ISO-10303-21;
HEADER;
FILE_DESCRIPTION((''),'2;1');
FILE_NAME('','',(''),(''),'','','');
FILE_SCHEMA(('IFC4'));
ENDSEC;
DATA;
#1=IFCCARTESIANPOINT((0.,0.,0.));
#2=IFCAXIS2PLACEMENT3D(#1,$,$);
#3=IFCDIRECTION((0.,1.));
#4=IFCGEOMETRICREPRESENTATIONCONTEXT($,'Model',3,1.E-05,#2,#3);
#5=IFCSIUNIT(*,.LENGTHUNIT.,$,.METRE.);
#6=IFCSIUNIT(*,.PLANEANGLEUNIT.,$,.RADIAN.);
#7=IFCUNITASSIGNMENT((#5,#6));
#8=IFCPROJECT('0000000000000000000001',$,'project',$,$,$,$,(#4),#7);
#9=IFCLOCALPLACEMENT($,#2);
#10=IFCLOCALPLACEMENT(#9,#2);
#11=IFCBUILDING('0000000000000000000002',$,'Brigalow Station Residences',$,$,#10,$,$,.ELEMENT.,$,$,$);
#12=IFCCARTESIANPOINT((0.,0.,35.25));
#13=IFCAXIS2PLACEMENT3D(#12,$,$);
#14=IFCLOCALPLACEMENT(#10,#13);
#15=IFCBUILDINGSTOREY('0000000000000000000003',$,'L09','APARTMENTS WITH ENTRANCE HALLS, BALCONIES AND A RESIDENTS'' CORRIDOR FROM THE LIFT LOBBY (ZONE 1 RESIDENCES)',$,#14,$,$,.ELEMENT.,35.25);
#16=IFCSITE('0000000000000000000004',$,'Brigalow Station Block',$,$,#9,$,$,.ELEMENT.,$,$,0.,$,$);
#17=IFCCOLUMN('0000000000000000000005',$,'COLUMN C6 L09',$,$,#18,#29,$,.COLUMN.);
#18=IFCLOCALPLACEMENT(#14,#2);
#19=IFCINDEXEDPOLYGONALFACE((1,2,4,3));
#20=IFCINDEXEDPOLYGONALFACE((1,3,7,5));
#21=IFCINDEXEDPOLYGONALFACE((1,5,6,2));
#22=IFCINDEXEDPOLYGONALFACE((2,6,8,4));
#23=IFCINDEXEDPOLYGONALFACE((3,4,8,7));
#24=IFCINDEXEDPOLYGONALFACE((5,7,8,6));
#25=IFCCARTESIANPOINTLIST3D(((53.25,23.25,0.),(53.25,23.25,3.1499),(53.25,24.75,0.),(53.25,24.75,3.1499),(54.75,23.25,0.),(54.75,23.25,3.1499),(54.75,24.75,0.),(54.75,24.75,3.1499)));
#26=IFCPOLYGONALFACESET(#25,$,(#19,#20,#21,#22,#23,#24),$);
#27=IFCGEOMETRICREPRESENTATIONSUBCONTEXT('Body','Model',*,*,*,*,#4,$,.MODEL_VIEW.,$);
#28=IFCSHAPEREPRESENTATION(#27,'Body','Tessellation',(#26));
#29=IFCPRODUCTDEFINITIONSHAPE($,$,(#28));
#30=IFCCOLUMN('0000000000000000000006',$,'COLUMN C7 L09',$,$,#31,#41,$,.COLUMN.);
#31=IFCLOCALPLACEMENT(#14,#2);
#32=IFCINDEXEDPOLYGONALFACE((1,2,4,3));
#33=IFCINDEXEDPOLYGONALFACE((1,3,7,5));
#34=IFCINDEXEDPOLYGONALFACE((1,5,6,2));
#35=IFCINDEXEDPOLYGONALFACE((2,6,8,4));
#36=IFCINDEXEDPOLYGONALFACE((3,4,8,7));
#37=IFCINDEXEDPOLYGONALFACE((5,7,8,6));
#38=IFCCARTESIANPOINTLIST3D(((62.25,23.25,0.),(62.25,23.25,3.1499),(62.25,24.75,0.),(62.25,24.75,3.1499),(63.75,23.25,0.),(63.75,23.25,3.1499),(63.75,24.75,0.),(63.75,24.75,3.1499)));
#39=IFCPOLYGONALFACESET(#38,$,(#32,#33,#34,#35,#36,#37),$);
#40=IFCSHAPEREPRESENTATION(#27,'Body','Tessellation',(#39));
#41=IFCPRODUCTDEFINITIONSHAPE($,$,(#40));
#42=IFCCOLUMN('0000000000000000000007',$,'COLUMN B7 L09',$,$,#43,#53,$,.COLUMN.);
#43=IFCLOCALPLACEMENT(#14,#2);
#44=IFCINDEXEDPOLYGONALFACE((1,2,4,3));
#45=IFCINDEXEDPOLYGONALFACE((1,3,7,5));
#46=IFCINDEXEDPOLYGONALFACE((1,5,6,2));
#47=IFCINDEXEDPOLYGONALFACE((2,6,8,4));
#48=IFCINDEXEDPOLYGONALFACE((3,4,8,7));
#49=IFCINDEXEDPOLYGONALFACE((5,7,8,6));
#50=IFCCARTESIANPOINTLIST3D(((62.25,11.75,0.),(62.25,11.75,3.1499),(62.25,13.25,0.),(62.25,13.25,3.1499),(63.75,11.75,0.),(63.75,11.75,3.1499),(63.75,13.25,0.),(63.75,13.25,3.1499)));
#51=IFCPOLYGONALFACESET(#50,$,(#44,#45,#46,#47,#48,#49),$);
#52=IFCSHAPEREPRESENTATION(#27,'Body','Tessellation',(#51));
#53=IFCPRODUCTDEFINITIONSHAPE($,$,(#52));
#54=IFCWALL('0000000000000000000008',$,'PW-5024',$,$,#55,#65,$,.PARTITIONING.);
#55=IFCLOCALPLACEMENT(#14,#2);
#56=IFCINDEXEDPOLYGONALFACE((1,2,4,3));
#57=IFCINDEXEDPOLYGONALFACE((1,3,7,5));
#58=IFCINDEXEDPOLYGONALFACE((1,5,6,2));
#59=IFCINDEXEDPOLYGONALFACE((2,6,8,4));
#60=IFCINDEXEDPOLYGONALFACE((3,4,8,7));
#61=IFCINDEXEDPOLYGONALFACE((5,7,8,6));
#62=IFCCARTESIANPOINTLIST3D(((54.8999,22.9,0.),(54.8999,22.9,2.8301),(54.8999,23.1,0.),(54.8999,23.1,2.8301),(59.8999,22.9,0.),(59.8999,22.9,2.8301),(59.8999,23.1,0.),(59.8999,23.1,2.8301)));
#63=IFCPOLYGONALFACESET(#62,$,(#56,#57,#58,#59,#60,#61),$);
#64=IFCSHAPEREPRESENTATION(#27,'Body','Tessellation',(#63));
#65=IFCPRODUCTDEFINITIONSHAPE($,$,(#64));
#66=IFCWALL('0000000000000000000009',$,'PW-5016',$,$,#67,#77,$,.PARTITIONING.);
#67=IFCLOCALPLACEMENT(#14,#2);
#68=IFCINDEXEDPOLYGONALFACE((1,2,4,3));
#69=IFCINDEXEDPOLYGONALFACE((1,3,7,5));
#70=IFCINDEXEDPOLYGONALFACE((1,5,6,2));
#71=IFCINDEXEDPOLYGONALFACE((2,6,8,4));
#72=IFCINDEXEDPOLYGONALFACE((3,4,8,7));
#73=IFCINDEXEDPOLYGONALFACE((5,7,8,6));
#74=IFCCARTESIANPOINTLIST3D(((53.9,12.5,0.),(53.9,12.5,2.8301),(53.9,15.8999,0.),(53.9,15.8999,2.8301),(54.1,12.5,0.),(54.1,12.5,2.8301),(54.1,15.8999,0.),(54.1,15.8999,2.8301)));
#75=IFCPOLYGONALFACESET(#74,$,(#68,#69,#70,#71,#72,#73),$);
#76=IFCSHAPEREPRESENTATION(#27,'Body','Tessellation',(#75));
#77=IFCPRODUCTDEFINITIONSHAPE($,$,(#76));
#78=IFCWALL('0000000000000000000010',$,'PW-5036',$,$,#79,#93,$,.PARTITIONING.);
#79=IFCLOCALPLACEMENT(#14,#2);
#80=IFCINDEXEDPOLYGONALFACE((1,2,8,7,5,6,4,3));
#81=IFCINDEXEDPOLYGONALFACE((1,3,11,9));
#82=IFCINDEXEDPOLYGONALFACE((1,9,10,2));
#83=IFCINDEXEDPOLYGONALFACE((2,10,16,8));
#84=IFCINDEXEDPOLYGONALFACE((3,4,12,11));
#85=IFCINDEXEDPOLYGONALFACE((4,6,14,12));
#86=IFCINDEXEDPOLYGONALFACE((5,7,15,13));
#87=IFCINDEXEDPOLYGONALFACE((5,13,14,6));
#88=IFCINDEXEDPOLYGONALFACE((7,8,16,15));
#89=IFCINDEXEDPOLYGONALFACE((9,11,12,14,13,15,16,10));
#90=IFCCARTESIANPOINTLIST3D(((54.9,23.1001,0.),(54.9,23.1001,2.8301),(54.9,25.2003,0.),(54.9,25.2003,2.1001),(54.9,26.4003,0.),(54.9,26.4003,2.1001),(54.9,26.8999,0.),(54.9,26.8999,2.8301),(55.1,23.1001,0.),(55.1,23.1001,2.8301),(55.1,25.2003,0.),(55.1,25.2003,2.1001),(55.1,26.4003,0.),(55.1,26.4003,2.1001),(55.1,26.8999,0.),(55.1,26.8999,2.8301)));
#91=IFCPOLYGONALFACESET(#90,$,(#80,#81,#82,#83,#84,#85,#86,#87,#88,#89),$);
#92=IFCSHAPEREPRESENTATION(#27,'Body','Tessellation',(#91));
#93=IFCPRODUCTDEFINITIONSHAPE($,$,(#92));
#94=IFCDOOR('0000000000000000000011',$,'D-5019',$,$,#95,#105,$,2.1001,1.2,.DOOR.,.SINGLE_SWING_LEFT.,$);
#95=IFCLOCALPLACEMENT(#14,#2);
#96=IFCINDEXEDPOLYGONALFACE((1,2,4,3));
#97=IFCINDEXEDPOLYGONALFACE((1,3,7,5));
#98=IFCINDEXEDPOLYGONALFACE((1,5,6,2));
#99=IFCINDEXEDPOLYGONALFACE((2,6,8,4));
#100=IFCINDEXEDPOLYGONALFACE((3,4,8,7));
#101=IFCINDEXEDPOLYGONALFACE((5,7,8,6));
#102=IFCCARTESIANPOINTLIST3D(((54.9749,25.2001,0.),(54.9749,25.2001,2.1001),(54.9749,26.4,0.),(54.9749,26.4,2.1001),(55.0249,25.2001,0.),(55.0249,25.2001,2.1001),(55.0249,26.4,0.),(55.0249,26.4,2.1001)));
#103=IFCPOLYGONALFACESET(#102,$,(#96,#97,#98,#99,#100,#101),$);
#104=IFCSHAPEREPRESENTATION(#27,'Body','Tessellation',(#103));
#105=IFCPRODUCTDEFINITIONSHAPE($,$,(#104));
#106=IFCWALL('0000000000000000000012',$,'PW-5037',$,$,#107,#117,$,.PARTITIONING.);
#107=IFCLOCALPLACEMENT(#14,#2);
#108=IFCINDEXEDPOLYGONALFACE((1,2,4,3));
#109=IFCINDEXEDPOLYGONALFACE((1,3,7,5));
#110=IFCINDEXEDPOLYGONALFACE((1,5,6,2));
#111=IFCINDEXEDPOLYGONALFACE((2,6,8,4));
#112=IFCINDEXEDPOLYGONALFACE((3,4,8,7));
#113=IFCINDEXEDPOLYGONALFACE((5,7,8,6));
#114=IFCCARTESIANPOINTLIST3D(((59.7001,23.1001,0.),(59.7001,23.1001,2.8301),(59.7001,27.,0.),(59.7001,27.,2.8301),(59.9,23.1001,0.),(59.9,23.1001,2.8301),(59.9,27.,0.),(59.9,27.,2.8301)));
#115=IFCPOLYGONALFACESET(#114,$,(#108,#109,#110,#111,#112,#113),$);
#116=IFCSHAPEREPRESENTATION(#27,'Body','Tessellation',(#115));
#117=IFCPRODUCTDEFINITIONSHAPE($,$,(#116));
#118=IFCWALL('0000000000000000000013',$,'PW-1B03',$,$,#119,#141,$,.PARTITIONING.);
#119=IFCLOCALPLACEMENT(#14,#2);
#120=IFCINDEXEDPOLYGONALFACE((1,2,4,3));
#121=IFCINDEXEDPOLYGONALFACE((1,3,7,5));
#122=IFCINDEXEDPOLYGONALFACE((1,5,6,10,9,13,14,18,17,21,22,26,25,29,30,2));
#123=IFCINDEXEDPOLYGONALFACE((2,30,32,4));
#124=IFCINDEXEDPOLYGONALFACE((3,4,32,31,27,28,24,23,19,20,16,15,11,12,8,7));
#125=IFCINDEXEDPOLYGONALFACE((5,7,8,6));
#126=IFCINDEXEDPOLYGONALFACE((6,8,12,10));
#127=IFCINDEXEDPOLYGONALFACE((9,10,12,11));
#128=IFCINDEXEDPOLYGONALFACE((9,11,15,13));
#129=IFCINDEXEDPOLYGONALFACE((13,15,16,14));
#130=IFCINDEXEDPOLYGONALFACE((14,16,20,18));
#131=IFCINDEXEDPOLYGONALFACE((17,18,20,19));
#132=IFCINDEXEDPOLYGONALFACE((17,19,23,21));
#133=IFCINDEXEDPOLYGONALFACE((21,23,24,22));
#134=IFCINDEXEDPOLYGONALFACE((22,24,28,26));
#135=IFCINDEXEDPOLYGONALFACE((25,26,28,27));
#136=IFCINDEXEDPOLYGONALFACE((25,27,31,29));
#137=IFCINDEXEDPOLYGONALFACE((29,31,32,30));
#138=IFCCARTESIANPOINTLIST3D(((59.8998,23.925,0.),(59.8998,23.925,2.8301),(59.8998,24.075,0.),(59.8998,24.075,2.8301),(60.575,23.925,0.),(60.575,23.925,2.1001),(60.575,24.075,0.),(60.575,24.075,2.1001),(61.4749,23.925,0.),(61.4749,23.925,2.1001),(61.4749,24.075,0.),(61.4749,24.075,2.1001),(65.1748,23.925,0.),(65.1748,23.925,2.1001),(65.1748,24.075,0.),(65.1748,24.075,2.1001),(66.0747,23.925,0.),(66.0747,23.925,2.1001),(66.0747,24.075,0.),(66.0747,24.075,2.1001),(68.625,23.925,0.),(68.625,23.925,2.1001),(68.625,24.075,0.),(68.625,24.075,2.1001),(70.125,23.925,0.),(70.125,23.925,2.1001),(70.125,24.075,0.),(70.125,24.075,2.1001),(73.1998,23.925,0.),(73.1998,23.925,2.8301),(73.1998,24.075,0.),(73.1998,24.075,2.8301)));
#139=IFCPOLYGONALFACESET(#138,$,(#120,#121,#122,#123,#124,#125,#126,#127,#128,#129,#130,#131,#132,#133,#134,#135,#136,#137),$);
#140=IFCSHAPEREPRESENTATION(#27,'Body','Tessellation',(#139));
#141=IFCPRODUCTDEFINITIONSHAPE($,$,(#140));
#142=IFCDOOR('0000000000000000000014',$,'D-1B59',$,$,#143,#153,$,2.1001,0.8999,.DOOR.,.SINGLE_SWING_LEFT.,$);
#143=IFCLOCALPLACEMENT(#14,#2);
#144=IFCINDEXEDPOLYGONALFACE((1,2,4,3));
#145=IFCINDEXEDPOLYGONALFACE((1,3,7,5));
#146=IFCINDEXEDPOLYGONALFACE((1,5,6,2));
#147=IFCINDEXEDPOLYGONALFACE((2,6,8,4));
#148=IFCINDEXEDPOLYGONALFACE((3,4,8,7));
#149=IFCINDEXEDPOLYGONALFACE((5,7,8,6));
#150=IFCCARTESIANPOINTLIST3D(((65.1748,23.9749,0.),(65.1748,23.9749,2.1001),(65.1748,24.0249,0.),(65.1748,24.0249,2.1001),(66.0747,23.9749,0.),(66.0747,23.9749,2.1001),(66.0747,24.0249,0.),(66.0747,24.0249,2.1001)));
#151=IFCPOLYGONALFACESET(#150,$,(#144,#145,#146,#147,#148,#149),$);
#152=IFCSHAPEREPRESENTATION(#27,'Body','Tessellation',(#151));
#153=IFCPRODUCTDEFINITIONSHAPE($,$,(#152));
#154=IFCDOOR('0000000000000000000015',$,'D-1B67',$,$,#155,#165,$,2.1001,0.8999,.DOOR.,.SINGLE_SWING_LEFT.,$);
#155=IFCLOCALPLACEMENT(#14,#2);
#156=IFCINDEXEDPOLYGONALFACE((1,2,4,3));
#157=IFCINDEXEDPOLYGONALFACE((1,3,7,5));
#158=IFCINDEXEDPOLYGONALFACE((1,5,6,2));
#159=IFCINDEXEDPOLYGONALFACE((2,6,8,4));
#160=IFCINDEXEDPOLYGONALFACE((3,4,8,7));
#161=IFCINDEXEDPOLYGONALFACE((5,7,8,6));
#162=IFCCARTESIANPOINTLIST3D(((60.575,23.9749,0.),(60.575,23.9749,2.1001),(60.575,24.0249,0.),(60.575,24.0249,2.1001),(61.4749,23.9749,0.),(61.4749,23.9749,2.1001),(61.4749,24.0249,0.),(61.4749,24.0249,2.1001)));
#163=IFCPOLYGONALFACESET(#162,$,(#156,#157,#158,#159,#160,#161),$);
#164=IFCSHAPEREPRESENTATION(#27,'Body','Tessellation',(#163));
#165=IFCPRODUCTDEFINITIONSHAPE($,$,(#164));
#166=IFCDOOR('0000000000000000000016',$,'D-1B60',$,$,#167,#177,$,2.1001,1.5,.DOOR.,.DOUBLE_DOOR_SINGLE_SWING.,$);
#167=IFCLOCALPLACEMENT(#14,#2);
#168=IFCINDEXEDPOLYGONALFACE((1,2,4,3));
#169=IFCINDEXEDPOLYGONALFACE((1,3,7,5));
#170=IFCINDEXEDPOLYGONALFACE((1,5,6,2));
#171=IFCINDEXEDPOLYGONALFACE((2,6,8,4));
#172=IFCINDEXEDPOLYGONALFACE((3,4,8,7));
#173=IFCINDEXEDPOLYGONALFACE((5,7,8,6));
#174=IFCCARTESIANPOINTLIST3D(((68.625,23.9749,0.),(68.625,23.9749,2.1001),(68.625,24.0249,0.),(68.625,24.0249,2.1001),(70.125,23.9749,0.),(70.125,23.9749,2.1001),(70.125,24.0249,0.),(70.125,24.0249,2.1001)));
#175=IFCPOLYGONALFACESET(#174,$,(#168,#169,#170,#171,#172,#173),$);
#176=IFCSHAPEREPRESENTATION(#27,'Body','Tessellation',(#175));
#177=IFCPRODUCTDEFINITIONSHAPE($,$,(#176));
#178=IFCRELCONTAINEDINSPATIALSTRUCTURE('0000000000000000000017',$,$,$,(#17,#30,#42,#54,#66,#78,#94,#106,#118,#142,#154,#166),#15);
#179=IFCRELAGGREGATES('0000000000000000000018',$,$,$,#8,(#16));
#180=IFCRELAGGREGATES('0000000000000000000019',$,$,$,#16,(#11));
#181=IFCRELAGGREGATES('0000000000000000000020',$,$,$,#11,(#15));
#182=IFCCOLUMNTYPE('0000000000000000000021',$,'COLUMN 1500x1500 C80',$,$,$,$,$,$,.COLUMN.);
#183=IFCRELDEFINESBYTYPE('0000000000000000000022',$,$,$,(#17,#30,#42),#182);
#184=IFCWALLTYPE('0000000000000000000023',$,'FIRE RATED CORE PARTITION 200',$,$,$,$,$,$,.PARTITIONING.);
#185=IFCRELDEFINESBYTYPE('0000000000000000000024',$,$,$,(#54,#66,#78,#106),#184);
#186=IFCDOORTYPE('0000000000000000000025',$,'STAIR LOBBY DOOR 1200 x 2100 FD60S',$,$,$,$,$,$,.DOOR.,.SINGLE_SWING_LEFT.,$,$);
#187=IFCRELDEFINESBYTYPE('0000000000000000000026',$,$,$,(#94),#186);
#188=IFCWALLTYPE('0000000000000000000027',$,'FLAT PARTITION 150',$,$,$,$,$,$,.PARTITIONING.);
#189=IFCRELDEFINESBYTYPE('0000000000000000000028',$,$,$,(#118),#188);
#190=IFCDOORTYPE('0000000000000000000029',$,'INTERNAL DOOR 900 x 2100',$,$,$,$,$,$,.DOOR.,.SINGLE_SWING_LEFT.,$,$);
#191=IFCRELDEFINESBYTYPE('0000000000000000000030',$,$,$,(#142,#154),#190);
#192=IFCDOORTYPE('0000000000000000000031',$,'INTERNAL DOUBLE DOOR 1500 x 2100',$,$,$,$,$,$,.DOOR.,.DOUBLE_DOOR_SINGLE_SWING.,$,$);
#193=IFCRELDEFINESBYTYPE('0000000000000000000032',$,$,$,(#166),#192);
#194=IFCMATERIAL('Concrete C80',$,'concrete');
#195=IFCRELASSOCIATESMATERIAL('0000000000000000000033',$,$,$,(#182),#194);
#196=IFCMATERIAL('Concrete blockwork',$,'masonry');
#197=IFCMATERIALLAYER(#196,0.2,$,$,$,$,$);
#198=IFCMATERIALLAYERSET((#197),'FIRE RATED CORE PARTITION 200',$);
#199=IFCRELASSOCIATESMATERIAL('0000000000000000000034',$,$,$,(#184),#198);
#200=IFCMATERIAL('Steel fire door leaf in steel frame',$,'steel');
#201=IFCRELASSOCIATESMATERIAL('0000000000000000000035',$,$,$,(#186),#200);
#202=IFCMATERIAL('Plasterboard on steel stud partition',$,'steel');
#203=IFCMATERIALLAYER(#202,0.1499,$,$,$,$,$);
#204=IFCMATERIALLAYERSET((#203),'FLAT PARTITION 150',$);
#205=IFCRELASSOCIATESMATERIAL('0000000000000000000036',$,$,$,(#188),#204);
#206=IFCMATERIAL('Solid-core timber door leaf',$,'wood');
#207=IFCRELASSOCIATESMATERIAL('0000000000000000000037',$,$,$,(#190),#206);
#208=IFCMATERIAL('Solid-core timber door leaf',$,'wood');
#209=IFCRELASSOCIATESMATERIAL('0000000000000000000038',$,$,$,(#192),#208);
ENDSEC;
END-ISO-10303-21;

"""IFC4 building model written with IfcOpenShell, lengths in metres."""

from ifc_helpers import new_model, si_unit, direction, frame, frame_2d, origin, origin_2d, place, context, subcontext, project, spatial, rectangle, extrude, material, layer, layer_set, material_profile, profile_set, type_object, element, fill, save


model = new_model("IFC4")

# Units and contexts
model_context = context("Model", 3, precision=1e-05, world=origin(), true_north=direction((0.0, 1.0)))
body_context = subcontext(model_context, "Body", "Model", "MODEL_VIEW")
ifc_project = project(units=[si_unit("LENGTHUNIT", "METRE"), si_unit("PLANEANGLEUNIT", "RADIAN")], contexts=[model_context])

# Site, building, storey
site_placement = place(None, origin())
site = spatial("IfcSite", under=ifc_project, at=site_placement, Name="Brigalow Station Block", CompositionType="ELEMENT", RefElevation=0.0)
building_placement = place(site_placement, origin())
building = spatial("IfcBuilding", under=site, at=building_placement, Name="Brigalow Station Residences", CompositionType="ELEMENT")
storey_placement = place(building_placement, frame((0.0, 0.0, 35.25)))
storey = spatial("IfcBuildingStorey", under=building, at=storey_placement, Name="L09", Description="APARTMENTS WITH ENTRANCE HALLS, BALCONIES AND A RESIDENTS' CORRIDOR FROM THE LIFT LOBBY (ZONE 1 RESIDENCES)", CompositionType="ELEMENT", Elevation=35.25)

# Columns
ifc_material_1 = material(Name="Concrete C80", Category="concrete")
ifc_material_profile = material_profile(ifc_material_1, rectangle(XDim=1.5, YDim=1.5, at=origin_2d()), Name="RC1500x1500")
ifc_profile_set = profile_set([ifc_material_profile], Name="Concrete C80")
column_type = type_object("IfcColumnType", Name="COLUMN 1500x1500 C80", PredefinedType="COLUMN", material=ifc_profile_set)
for number, where, z_axis, x_axis, name in (
    (1, (54.0, 24.0, 0.0), (0.0, 0.0, 1.0), (1.0, 0.0, 0.0), "COLUMN C6 L09"),
    (2, (63.0, 24.0, 0.0), (0.0, 0.0, 1.0), (1.0, 0.0, 0.0), "COLUMN C7 L09"),
    (3, (63.0, 12.5, 0.0), (0.0, 0.0, 1.0), (1.0, 0.0, 0.0), "COLUMN B7 L09"),
):
    element("IfcColumn", number, at=place(storey_placement, frame(where, z_axis=z_axis, x_axis=x_axis)), inside=storey, type_object=column_type, Name=name, PredefinedType="COLUMN", context=body_context, shape_type="SweptSolid", body=[
        extrude(rectangle(XDim=1.5, YDim=1.5, at=origin_2d()), origin(), (0.0, 0.0, 1.0), 3.1499),
    ])

# Walls
ifc_material_2 = material(Name="Concrete blockwork", Category="masonry")
ifc_layer_1 = layer(ifc_material_2, 0.2)
ifc_layer_set_1 = layer_set([ifc_layer_1], Name="FIRE RATED CORE PARTITION 200")
wall_type_1 = type_object("IfcWallType", Name="FIRE RATED CORE PARTITION 200", PredefinedType="PARTITIONING", material=ifc_layer_set_1)
wall_1_placement = place(storey_placement, frame((54.8999, 23.0, 0.0), z_axis=(0.0, 0.0, 1.0), x_axis=(1.0, 0.0, 0.0)))
element("IfcWall", 4, at=wall_1_placement, inside=storey, type_object=wall_type_1, Name="PW-5024", PredefinedType="PARTITIONING", context=body_context, shape_type="SweptSolid", body=[
    extrude(rectangle(XDim=5.0, YDim=0.2, at=frame_2d((2.5, 0.0))), origin(), (0.0, 0.0, 1.0), 2.8301),
])
wall_2_placement = place(storey_placement, frame((54.0, 12.5, 0.0), z_axis=(0.0, 0.0, 1.0), x_axis=(0.0, 1.0, 0.0)))
element("IfcWall", 5, at=wall_2_placement, inside=storey, type_object=wall_type_1, Name="PW-5016", PredefinedType="PARTITIONING", context=body_context, shape_type="SweptSolid", body=[
    extrude(rectangle(XDim=3.3999, YDim=0.2, at=frame_2d((1.7, 0.0))), origin(), (0.0, 0.0, 1.0), 2.8301),
])

# Wall, opening, door
wall_3_placement = place(storey_placement, frame((55.0, 23.1001, 0.0), z_axis=(0.0, 0.0, 1.0), x_axis=(0.0, 1.0, 0.0)))
wall_3 = element("IfcWall", 6, at=wall_3_placement, inside=storey, type_object=wall_type_1, Name="PW-5036", PredefinedType="PARTITIONING", context=body_context, shape_type="SweptSolid", body=[
    extrude(rectangle(XDim=3.7998, YDim=0.2, at=frame_2d((1.8999, 0.0))), origin(), (0.0, 0.0, 1.0), 2.8301),
])
opening_1_placement = place(wall_3_placement, frame((2.1001, 0.0, 0.0)))
opening_1 = element("IfcOpeningElement", 7, at=opening_1_placement, cuts=wall_3, PredefinedType="OPENING", context=body_context, shape_type="SweptSolid", body=[
    extrude(rectangle(XDim=1.2, YDim=2.1001, at=frame_2d((0.6001, 1.05))), frame((0.0, 0.1099, 0.0), z_axis=(0.0, -1.0, 0.0), x_axis=(1.0, 0.0, 0.0)), (0.0, 0.0, 1.0), 0.22),
])
ifc_material_3 = material(Name="Steel fire door leaf in steel frame", Category="steel")
door_type_1 = type_object("IfcDoorType", Name="STAIR LOBBY DOOR 1200 x 2100 FD60S", OperationType="SINGLE_SWING_LEFT", PredefinedType="DOOR", material=ifc_material_3)
door_1_placement = place(opening_1_placement, frame((1.2, 0.0, 0.0), z_axis=(0.0, 0.0, 1.0), x_axis=(-1.0, 0.0, 0.0)))
door_1 = element("IfcDoor", 8, at=door_1_placement, inside=storey, type_object=door_type_1, Name="D-5019", OperationType="SINGLE_SWING_LEFT", OverallHeight=2.1001, OverallWidth=1.2, PredefinedType="DOOR", context=body_context, shape_type="SweptSolid", body=[
    extrude(rectangle(XDim=1.2, YDim=2.1001, at=frame_2d((0.6001, 1.05))), frame((0.0, 0.0249, 0.0), z_axis=(0.0, -1.0, 0.0), x_axis=(1.0, 0.0, 0.0)), (0.0, 0.0, 1.0), 0.05),
])
fill(opening_1, door_1)

# Wall
wall_4_placement = place(storey_placement, frame((59.8, 23.1001, 0.0), z_axis=(0.0, 0.0, 1.0), x_axis=(0.0, 1.0, 0.0)))
element("IfcWall", 9, at=wall_4_placement, inside=storey, type_object=wall_type_1, Name="PW-5037", PredefinedType="PARTITIONING", context=body_context, shape_type="SweptSolid", body=[
    extrude(rectangle(XDim=3.8999, YDim=0.2, at=frame_2d((1.95, 0.0))), origin(), (0.0, 0.0, 1.0), 2.8301),
])

# Wall, openings, doors
ifc_material_4 = material(Name="Plasterboard on steel stud partition", Category="steel")
ifc_layer_2 = layer(ifc_material_4, 0.1499)
ifc_layer_set_2 = layer_set([ifc_layer_2], Name="FLAT PARTITION 150")
wall_type_2 = type_object("IfcWallType", Name="FLAT PARTITION 150", PredefinedType="PARTITIONING", material=ifc_layer_set_2)
wall_5_placement = place(storey_placement, frame((59.8999, 24.0, 0.0), z_axis=(0.0, 0.0, 1.0), x_axis=(1.0, 0.0, 0.0)))
wall_5 = element("IfcWall", 10, at=wall_5_placement, inside=storey, type_object=wall_type_2, Name="PW-1B03", PredefinedType="PARTITIONING", context=body_context, shape_type="SweptSolid", body=[
    extrude(rectangle(XDim=13.3, YDim=0.1499, at=frame_2d((6.6499, 0.0))), origin(), (0.0, 0.0, 1.0), 2.8301),
])
opening_2_placement = place(wall_5_placement, frame((5.2749, 0.0, 0.0)))
opening_2 = element("IfcOpeningElement", 11, at=opening_2_placement, cuts=wall_5, PredefinedType="OPENING", context=body_context, shape_type="SweptSolid", body=[
    extrude(rectangle(XDim=0.8999, YDim=2.1001, at=frame_2d((0.45, 1.05))), frame((0.0, 0.085, 0.0), z_axis=(0.0, -1.0, 0.0), x_axis=(1.0, 0.0, 0.0)), (0.0, 0.0, 1.0), 0.1699),
])
opening_3_placement = place(wall_5_placement, frame((8.7251, 0.0, 0.0)))
opening_3 = element("IfcOpeningElement", 12, at=opening_3_placement, cuts=wall_5, PredefinedType="OPENING", context=body_context, shape_type="SweptSolid", body=[
    extrude(rectangle(XDim=1.5, YDim=2.1001, at=frame_2d((0.75, 1.05))), frame((0.0, 0.085, 0.0), z_axis=(0.0, -1.0, 0.0), x_axis=(1.0, 0.0, 0.0)), (0.0, 0.0, 1.0), 0.1699),
])
opening_4_placement = place(wall_5_placement, frame((0.675, 0.0, 0.0)))
opening_4 = element("IfcOpeningElement", 13, at=opening_4_placement, cuts=wall_5, PredefinedType="OPENING", context=body_context, shape_type="SweptSolid", body=[
    extrude(rectangle(XDim=0.8999, YDim=2.1001, at=frame_2d((0.45, 1.05))), frame((0.0, 0.085, 0.0), z_axis=(0.0, -1.0, 0.0), x_axis=(1.0, 0.0, 0.0)), (0.0, 0.0, 1.0), 0.1699),
])
ifc_material_5 = material(Name="Solid-core timber door leaf", Category="wood")
door_type_2 = type_object("IfcDoorType", Name="INTERNAL DOOR 900 x 2100", OperationType="SINGLE_SWING_LEFT", PredefinedType="DOOR", material=ifc_material_5)
door_2_placement = place(opening_2_placement, origin())
door_2 = element("IfcDoor", 14, at=door_2_placement, inside=storey, type_object=door_type_2, Name="D-1B59", OperationType="SINGLE_SWING_LEFT", OverallHeight=2.1001, OverallWidth=0.8999, PredefinedType="DOOR", context=body_context, shape_type="SweptSolid", body=[
    extrude(rectangle(XDim=0.8999, YDim=2.1001, at=frame_2d((0.45, 1.05))), frame((0.0, 0.0249, 0.0), z_axis=(0.0, -1.0, 0.0), x_axis=(1.0, 0.0, 0.0)), (0.0, 0.0, 1.0), 0.05),
])
fill(opening_2, door_2)
door_3_placement = place(opening_4_placement, origin())
door_3 = element("IfcDoor", 15, at=door_3_placement, inside=storey, type_object=door_type_2, Name="D-1B67", OperationType="SINGLE_SWING_LEFT", OverallHeight=2.1001, OverallWidth=0.8999, PredefinedType="DOOR", context=body_context, shape_type="SweptSolid", body=[
    extrude(rectangle(XDim=0.8999, YDim=2.1001, at=frame_2d((0.45, 1.05))), frame((0.0, 0.0249, 0.0), z_axis=(0.0, -1.0, 0.0), x_axis=(1.0, 0.0, 0.0)), (0.0, 0.0, 1.0), 0.05),
])
fill(opening_4, door_3)
ifc_material_6 = material(Name="Solid-core timber door leaf", Category="wood")
door_type_3 = type_object("IfcDoorType", Name="INTERNAL DOUBLE DOOR 1500 x 2100", OperationType="DOUBLE_DOOR_SINGLE_SWING", PredefinedType="DOOR", material=ifc_material_6)
door_4_placement = place(opening_3_placement, origin())
door_4 = element("IfcDoor", 16, at=door_4_placement, inside=storey, type_object=door_type_3, Name="D-1B60", OperationType="DOUBLE_DOOR_SINGLE_SWING", OverallHeight=2.1001, OverallWidth=1.5, PredefinedType="DOOR", context=body_context, shape_type="SweptSolid", body=[
    extrude(rectangle(XDim=1.5, YDim=2.1001, at=frame_2d((0.75, 1.05))), frame((0.0, 0.0249, 0.0), z_axis=(0.0, -1.0, 0.0), x_axis=(1.0, 0.0, 0.0)), (0.0, 0.0, 1.0), 0.05),
])
fill(opening_3, door_4)

save(model, "model.ifc")
